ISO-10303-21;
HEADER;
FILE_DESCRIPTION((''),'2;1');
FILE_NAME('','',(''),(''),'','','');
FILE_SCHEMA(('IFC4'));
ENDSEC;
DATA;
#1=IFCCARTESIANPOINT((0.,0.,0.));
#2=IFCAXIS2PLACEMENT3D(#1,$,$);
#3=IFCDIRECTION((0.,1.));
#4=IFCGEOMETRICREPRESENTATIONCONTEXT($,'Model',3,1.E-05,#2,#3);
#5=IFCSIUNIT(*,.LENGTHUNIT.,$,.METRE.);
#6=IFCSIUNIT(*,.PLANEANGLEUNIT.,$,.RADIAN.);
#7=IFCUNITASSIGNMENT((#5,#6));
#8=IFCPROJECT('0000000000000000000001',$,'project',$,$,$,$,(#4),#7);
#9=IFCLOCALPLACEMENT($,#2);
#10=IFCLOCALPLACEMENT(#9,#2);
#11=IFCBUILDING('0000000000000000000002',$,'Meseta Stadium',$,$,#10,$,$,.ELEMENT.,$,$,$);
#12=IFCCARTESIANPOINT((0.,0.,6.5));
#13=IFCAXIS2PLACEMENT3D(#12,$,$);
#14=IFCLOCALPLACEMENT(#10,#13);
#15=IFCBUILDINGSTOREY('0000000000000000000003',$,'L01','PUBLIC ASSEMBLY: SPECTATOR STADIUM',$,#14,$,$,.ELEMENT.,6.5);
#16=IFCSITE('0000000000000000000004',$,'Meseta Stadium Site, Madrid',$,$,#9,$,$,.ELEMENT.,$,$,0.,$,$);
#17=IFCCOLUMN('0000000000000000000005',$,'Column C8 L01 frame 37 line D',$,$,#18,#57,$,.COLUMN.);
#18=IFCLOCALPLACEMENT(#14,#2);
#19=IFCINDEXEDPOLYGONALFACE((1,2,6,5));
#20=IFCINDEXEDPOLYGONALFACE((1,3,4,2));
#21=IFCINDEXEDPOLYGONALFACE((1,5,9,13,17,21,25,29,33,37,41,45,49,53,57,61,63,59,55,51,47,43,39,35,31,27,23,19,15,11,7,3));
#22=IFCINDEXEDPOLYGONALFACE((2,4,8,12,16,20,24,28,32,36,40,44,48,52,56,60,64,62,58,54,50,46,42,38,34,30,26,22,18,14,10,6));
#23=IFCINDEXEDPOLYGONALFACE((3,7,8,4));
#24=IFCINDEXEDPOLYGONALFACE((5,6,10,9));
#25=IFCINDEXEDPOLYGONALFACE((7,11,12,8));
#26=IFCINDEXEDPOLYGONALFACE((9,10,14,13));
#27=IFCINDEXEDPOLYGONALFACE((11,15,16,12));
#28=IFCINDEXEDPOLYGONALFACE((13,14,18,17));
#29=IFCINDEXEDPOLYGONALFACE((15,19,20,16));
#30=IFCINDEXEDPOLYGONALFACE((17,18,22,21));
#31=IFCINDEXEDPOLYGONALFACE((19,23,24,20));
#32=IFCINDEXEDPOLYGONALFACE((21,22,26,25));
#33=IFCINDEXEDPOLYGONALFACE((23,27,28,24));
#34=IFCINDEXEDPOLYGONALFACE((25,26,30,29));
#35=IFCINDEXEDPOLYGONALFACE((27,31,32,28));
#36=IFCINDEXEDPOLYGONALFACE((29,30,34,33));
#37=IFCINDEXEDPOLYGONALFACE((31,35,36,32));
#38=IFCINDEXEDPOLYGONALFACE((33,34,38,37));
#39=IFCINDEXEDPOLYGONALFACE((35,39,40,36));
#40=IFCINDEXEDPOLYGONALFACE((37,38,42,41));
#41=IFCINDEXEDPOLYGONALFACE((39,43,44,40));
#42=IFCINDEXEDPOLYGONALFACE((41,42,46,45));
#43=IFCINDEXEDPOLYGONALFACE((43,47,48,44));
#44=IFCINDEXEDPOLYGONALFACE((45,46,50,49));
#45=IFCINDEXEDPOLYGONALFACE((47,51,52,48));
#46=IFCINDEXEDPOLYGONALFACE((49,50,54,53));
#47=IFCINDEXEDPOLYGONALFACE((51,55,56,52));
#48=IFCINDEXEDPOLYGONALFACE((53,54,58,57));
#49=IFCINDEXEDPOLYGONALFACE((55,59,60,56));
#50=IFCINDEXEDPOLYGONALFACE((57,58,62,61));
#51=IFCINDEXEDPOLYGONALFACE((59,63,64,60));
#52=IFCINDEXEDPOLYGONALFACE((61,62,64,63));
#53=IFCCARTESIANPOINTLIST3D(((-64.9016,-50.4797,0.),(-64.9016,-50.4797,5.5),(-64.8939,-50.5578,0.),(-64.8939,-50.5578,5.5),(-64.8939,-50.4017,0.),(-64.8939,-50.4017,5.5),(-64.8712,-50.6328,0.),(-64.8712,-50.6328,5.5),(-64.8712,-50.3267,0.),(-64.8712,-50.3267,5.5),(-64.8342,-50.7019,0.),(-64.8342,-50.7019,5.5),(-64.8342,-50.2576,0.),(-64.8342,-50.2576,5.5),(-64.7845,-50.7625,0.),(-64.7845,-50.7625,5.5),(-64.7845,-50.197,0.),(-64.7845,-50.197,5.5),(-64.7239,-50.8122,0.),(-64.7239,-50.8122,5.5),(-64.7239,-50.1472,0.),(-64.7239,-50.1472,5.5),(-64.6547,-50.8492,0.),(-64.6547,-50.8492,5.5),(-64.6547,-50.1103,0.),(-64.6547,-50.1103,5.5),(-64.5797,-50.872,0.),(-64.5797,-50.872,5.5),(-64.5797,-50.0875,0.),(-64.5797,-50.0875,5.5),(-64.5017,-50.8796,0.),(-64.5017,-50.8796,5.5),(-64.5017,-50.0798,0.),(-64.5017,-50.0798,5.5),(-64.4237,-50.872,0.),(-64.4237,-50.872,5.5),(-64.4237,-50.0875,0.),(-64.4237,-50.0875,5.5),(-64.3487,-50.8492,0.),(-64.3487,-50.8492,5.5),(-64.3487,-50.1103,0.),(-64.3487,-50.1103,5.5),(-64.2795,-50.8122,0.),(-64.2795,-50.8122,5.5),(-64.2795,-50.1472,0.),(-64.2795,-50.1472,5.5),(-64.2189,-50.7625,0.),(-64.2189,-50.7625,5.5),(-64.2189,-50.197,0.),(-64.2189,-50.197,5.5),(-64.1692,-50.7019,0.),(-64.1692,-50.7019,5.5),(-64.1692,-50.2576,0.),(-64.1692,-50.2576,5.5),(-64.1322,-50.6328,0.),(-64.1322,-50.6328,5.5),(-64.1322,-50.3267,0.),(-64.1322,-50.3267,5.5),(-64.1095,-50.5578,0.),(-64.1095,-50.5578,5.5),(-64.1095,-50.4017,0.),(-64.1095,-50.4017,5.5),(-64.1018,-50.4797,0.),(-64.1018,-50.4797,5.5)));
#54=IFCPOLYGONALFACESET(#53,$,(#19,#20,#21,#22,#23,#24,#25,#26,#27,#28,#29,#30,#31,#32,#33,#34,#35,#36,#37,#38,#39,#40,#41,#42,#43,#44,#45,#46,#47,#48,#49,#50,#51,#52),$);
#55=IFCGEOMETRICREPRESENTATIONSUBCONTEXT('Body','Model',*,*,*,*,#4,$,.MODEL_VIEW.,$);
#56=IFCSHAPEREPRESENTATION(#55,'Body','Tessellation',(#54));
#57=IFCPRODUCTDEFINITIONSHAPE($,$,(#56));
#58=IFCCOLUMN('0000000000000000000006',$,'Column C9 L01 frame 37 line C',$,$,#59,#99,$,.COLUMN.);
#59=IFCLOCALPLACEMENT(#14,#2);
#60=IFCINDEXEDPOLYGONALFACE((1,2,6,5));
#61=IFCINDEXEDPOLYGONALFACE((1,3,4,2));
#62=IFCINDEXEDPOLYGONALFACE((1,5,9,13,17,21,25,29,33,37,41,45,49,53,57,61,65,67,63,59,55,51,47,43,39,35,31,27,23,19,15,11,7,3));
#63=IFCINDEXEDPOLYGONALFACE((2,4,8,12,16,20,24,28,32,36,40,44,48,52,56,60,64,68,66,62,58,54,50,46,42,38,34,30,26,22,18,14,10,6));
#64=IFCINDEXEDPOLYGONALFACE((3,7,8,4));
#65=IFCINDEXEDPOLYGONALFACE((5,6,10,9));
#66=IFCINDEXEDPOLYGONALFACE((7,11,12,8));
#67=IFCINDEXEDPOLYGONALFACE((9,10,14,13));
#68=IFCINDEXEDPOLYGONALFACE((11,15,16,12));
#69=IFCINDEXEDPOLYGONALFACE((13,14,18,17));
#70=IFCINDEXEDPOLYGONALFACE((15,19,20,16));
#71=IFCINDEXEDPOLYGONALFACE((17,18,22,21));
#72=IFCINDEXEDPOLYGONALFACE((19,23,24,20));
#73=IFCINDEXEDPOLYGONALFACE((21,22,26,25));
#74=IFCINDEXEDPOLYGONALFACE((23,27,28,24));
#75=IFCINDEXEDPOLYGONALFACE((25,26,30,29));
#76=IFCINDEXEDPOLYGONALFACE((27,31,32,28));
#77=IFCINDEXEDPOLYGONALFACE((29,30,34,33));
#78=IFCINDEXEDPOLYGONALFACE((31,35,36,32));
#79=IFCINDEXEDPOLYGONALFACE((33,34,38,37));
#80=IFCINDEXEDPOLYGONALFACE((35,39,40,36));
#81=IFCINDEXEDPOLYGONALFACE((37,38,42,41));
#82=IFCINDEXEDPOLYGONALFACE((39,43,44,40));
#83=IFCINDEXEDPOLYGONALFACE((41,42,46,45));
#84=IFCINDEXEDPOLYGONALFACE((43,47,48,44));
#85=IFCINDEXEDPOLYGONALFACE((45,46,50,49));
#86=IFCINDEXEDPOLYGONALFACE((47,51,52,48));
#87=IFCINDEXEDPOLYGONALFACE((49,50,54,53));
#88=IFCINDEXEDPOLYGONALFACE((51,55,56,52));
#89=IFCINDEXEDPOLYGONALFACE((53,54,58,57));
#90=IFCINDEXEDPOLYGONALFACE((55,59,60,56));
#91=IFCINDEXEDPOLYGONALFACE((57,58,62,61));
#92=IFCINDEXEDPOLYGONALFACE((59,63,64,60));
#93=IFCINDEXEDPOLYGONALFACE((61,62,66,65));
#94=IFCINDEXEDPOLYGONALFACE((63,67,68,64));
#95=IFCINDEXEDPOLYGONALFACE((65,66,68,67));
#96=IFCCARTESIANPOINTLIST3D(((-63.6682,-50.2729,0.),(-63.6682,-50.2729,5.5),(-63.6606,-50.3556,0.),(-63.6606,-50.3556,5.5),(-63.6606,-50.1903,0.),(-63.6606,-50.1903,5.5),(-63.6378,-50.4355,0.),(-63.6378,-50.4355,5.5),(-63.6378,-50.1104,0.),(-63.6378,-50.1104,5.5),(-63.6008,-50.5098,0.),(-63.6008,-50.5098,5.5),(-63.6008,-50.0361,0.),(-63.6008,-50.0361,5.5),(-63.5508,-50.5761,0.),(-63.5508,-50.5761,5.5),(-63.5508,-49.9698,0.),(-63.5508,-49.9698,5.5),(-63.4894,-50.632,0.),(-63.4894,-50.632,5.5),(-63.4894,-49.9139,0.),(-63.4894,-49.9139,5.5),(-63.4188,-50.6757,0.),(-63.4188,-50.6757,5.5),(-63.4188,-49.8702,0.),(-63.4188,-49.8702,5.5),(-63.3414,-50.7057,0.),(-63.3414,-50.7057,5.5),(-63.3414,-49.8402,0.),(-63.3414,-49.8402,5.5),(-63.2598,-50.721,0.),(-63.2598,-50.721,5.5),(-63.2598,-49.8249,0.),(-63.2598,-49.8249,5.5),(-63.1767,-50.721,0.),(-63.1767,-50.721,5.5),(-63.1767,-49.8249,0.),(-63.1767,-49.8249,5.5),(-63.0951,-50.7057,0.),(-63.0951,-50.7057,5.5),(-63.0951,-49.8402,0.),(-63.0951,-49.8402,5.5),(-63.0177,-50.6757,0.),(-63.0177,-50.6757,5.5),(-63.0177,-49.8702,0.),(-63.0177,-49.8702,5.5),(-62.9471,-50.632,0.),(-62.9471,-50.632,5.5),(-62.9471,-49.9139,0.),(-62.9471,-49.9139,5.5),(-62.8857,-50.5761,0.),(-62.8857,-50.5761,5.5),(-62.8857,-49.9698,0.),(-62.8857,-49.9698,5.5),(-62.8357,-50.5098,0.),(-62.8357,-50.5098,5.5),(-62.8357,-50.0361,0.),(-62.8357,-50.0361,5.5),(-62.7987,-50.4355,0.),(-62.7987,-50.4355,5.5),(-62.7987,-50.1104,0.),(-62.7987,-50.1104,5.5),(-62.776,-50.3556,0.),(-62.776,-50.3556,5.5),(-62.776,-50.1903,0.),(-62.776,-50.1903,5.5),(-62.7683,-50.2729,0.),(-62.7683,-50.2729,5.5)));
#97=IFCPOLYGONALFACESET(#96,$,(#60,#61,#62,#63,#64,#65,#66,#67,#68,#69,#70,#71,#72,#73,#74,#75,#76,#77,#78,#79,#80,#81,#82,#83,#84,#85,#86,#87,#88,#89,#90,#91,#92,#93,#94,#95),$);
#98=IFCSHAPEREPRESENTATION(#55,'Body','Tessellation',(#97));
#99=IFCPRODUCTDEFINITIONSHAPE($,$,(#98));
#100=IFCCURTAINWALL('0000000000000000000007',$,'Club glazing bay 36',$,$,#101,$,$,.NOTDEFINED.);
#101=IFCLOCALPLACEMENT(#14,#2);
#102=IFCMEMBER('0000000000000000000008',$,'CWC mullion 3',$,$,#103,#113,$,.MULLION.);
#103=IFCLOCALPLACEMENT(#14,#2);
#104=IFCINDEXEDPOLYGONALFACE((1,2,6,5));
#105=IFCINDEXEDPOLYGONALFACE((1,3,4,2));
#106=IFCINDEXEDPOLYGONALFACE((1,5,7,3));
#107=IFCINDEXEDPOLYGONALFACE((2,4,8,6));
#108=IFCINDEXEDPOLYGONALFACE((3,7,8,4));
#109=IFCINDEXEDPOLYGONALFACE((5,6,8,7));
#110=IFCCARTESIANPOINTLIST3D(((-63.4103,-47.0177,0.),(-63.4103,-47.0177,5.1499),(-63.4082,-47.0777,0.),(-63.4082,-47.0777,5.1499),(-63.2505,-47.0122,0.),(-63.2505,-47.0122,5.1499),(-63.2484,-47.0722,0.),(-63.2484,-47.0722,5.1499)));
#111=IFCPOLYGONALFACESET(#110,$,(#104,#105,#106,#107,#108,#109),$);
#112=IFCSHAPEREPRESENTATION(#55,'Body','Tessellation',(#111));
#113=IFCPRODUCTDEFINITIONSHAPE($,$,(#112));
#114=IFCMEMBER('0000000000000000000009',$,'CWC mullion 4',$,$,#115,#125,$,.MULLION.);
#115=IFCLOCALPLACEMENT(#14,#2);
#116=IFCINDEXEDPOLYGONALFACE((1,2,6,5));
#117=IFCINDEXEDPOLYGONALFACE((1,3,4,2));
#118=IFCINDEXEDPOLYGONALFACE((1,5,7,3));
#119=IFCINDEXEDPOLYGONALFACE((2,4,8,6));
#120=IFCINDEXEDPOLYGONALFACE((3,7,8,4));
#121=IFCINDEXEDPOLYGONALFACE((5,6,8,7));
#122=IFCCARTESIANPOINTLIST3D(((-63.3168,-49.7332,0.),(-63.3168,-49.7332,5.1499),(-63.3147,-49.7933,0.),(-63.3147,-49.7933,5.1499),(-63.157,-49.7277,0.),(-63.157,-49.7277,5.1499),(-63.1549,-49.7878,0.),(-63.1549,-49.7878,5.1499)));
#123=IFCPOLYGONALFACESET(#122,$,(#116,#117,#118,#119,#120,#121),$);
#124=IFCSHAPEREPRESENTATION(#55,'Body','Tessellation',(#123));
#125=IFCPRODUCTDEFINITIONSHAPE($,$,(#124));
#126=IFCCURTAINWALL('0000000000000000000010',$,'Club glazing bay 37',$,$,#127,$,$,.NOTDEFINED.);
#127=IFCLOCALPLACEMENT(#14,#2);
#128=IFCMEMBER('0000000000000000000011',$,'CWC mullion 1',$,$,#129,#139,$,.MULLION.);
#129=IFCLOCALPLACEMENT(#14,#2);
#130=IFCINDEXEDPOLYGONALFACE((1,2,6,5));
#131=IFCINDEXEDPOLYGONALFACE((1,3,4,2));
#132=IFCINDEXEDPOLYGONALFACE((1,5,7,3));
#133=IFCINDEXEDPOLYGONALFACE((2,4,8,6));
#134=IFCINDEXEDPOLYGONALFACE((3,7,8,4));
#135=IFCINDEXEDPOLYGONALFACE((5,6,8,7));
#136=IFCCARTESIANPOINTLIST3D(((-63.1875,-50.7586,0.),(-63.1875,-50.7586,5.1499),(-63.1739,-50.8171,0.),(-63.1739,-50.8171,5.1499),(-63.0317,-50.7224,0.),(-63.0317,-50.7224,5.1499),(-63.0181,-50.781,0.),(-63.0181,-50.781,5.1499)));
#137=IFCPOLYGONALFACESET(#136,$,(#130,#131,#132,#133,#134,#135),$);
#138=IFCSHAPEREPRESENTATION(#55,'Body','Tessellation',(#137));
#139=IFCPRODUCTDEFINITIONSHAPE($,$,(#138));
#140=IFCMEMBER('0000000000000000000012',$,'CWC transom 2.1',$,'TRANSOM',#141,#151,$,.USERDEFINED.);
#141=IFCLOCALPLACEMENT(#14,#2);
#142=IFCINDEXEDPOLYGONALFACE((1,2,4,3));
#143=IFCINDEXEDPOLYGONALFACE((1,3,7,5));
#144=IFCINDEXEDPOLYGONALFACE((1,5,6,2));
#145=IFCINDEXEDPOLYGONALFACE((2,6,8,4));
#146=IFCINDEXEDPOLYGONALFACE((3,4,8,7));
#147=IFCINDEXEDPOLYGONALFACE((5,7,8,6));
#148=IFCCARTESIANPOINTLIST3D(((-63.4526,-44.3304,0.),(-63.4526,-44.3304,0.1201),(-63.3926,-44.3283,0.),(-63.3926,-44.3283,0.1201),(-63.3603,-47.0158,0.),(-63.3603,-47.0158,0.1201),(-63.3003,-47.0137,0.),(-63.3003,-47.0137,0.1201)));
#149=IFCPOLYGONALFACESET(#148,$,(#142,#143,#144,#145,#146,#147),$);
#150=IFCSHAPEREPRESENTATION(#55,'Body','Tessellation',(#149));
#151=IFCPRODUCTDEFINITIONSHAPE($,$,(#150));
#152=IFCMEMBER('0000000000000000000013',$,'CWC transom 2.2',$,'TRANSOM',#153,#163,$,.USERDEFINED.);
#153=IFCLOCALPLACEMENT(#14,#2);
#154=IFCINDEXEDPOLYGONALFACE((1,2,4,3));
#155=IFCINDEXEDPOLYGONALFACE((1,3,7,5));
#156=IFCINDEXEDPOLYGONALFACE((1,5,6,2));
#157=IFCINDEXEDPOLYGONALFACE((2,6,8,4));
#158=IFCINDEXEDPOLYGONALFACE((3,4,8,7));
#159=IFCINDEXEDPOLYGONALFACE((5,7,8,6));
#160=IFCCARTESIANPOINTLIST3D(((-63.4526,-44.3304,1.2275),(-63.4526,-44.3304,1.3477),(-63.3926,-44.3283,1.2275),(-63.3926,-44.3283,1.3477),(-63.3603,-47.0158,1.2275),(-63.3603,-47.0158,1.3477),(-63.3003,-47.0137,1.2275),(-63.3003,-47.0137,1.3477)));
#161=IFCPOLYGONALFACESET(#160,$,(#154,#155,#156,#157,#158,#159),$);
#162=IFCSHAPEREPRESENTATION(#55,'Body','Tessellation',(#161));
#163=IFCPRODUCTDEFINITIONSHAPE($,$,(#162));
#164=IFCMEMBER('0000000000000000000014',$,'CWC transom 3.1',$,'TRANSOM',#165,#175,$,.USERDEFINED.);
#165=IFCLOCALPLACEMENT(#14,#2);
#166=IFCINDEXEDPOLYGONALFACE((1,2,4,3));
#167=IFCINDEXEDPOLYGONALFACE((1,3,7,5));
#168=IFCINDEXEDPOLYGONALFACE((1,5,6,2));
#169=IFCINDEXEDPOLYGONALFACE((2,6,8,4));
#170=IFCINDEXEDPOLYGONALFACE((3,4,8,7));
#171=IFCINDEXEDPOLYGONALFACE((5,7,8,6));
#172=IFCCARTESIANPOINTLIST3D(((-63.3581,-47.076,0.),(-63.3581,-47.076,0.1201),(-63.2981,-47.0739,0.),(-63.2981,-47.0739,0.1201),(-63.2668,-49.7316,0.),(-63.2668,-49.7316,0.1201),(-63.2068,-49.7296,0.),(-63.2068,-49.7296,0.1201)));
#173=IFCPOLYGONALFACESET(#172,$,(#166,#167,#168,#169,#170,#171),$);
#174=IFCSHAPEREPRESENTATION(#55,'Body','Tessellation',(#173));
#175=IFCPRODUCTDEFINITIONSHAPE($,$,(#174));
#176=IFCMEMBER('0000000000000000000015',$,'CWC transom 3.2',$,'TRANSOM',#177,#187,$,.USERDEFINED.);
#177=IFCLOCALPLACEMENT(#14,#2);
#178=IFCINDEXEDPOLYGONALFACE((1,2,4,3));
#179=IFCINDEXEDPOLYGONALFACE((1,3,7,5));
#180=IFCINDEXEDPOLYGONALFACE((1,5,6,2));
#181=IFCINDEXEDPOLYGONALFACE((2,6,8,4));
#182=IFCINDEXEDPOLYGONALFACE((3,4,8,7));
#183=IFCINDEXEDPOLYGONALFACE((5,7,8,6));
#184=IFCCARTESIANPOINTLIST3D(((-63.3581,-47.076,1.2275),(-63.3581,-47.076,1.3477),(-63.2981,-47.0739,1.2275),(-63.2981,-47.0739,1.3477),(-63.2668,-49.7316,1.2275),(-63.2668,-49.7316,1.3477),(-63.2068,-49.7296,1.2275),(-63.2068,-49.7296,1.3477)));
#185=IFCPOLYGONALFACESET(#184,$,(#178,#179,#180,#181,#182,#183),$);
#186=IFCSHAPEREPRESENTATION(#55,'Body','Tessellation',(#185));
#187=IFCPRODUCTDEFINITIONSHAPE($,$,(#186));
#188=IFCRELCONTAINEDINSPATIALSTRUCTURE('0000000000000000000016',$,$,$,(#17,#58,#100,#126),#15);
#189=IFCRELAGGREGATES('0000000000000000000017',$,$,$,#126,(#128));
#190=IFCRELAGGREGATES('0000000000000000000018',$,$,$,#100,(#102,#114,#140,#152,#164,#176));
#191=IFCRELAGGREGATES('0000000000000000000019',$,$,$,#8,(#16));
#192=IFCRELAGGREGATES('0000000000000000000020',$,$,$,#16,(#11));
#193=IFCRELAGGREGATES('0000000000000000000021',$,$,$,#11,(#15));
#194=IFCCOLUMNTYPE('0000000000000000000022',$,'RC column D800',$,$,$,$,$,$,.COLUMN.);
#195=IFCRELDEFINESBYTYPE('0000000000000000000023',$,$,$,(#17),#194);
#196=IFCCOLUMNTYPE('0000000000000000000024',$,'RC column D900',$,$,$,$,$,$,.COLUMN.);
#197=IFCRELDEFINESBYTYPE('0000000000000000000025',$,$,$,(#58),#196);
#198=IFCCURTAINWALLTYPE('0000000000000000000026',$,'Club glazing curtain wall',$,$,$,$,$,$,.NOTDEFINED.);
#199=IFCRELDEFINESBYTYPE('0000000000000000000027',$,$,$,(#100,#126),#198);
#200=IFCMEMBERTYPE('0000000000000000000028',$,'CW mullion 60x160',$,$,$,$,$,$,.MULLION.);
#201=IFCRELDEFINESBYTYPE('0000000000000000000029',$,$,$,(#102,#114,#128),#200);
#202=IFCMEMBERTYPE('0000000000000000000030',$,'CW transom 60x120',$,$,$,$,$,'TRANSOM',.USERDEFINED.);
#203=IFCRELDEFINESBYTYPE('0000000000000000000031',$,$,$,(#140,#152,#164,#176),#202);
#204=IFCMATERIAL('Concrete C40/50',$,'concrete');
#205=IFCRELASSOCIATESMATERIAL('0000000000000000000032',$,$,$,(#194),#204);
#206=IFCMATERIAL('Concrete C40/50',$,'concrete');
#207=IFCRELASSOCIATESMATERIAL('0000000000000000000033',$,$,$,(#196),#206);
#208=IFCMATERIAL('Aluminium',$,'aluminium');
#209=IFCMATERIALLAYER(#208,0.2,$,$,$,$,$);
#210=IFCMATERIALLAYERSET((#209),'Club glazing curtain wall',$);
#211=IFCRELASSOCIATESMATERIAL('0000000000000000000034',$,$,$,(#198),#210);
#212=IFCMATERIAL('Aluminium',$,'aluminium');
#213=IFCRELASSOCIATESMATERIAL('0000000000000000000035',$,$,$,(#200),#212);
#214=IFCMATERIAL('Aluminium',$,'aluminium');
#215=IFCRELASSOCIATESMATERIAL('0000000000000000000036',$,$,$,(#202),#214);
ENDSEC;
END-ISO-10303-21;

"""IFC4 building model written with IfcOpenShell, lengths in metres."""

from ifc_helpers import new_model, si_unit, direction, frame, origin, origin_2d, place, context, subcontext, project, spatial, rectangle, circle, extrude, material, layer, layer_set, material_profile, profile_set, type_object, element, aggregate, save


model = new_model("IFC4")

# Units and contexts
model_context = context("Model", 3, precision=1e-05, world=origin(), true_north=direction((0.0, 1.0)))
body_context = subcontext(model_context, "Body", "Model", "MODEL_VIEW")
ifc_project = project(units=[si_unit("LENGTHUNIT", "METRE"), si_unit("PLANEANGLEUNIT", "RADIAN")], contexts=[model_context])

# Site, building, storey
site_placement = place(None, origin())
site = spatial("IfcSite", under=ifc_project, at=site_placement, Name="Meseta Stadium Site, Madrid", CompositionType="ELEMENT", RefElevation=0.0)
building_placement = place(site_placement, origin())
building = spatial("IfcBuilding", under=site, at=building_placement, Name="Meseta Stadium", CompositionType="ELEMENT")
storey_placement = place(building_placement, frame((0.0, 0.0, 6.5)))
storey = spatial("IfcBuildingStorey", under=building, at=storey_placement, Name="L01", Description="PUBLIC ASSEMBLY: SPECTATOR STADIUM", CompositionType="ELEMENT", Elevation=6.5)

# Columns
ifc_material_1 = material(Name="Concrete C40/50", Category="concrete")
ifc_material_profile_1 = material_profile(ifc_material_1, circle(Radius=0.3999, at=origin_2d()), Name="RC D800")
ifc_profile_set_1 = profile_set([ifc_material_profile_1], Name="Concrete C40/50")
column_type_1 = type_object("IfcColumnType", Name="RC column D800", PredefinedType="COLUMN", material=ifc_profile_set_1)
column_1_placement = place(storey_placement, frame((-64.5017, -50.4797, 0.0), z_axis=(0.0, 0.0, 1.0), x_axis=(1.0, 0.0, 0.0)))
element("IfcColumn", 1, at=column_1_placement, inside=storey, type_object=column_type_1, Name="Column C8 L01 frame 37 line D", PredefinedType="COLUMN", context=body_context, shape_type="SweptSolid", body=[
    extrude(circle(Radius=0.3999, at=origin_2d()), origin(), (0.0, 0.0, 1.0), 5.5),
])
ifc_material_2 = material(Name="Concrete C40/50", Category="concrete")
ifc_material_profile_2 = material_profile(ifc_material_2, circle(Radius=0.45, at=origin_2d()), Name="RC D900")
ifc_profile_set_2 = profile_set([ifc_material_profile_2], Name="Concrete C40/50")
column_type_2 = type_object("IfcColumnType", Name="RC column D900", PredefinedType="COLUMN", material=ifc_profile_set_2)
column_2_placement = place(storey_placement, frame((-63.2183, -50.2729, 0.0), z_axis=(0.0, 0.0, 1.0), x_axis=(1.0, 0.0, 0.0)))
element("IfcColumn", 2, at=column_2_placement, inside=storey, type_object=column_type_2, Name="Column C9 L01 frame 37 line C", PredefinedType="COLUMN", context=body_context, shape_type="SweptSolid", body=[
    extrude(circle(Radius=0.45, at=origin_2d()), origin(), (0.0, 0.0, 1.0), 5.5),
])

# Curtain wall, members
ifc_material_3 = material(Name="Aluminium", Category="aluminium")
ifc_layer_1 = layer(ifc_material_3, 0.2)
ifc_layer_set_1 = layer_set([ifc_layer_1], Name="Club glazing curtain wall")
curtain_wall_type = type_object("IfcCurtainWallType", Name="Club glazing curtain wall", PredefinedType="NOTDEFINED", material=ifc_layer_set_1)
curtain_wall_1_placement = place(storey_placement, origin())
curtain_wall_1 = element("IfcCurtainWall", 3, at=curtain_wall_1_placement, inside=storey, type_object=curtain_wall_type, Name="Club glazing bay 36", PredefinedType="NOTDEFINED")
ifc_material_4 = material(Name="Aluminium", Category="aluminium")
ifc_material_profile_3 = material_profile(ifc_material_4, rectangle(XDim=0.1599, YDim=0.0601, at=origin_2d()), Name="CW 160x60")
ifc_profile_set_3 = profile_set([ifc_material_profile_3], Name="Aluminium")
member_type_1 = type_object("IfcMemberType", Name="CW mullion 60x160", PredefinedType="MULLION", material=ifc_profile_set_3)
member_1_placement = place(storey_placement, frame((-63.3293, -47.0449, 0.0), z_axis=(0.0, 0.0, 1.0), x_axis=(0.999408, 0.034398, 0.0)))
member_1 = element("IfcMember", 4, at=member_1_placement, type_object=member_type_1, Name="CWC mullion 3", PredefinedType="MULLION", context=body_context, shape_type="SweptSolid", body=[
    extrude(rectangle(XDim=0.1599, YDim=0.0601, at=origin_2d()), origin(), (0.0, 0.0, 1.0), 5.1499),
])
member_2_placement = place(storey_placement, frame((-63.2358, -49.7605, 0.0), z_axis=(0.0, 0.0, 1.0), x_axis=(0.999408, 0.034398, 0.0)))
member_2 = element("IfcMember", 5, at=member_2_placement, type_object=member_type_1, Name="CWC mullion 4", PredefinedType="MULLION", context=body_context, shape_type="SweptSolid", body=[
    extrude(rectangle(XDim=0.1599, YDim=0.0601, at=origin_2d()), origin(), (0.0, 0.0, 1.0), 5.1499),
])

# Curtain wall, member
curtain_wall_2_placement = place(storey_placement, origin())
curtain_wall_2 = element("IfcCurtainWall", 6, at=curtain_wall_2_placement, inside=storey, type_object=curtain_wall_type, Name="Club glazing bay 37", PredefinedType="NOTDEFINED")
member_3_placement = place(storey_placement, frame((-63.1028, -50.7698, 0.0), z_axis=(0.0, 0.0, 1.0), x_axis=(0.974116, 0.226048, 0.0)))
member_3 = element("IfcMember", 7, at=member_3_placement, type_object=member_type_1, Name="CWC mullion 1", PredefinedType="MULLION", context=body_context, shape_type="SweptSolid", body=[
    extrude(rectangle(XDim=0.1599, YDim=0.0601, at=origin_2d()), origin(), (0.0, 0.0, 1.0), 5.1499),
])

# Members
ifc_material_5 = material(Name="Aluminium", Category="aluminium")
ifc_material_profile_4 = material_profile(ifc_material_5, rectangle(XDim=0.0601, YDim=0.1201, at=origin_2d()), Name="CW 60x120")
ifc_profile_set_4 = profile_set([ifc_material_profile_4], Name="Aluminium")
member_type_2 = type_object("IfcMemberType", Name="CW transom 60x120", ElementType="TRANSOM", PredefinedType="USERDEFINED", material=ifc_profile_set_4)
member_4_placement = place(storey_placement, frame((-63.4226, -44.3293, 0.0601), z_axis=(0.034343, -0.99941, 0.0), x_axis=(0.99941, 0.034343, 0.0)))
member_4 = element("IfcMember", 8, at=member_4_placement, type_object=member_type_2, Name="CWC transom 2.1", ObjectType="TRANSOM", PredefinedType="USERDEFINED", context=body_context, shape_type="SweptSolid", body=[
    extrude(rectangle(XDim=0.0601, YDim=0.1201, at=origin_2d()), origin(), (0.0, 0.0, 1.0), 2.687),
])
member_5_placement = place(storey_placement, frame((-63.4226, -44.3293, 1.2876), z_axis=(0.034343, -0.99941, 0.0), x_axis=(0.99941, 0.034343, 0.0)))
member_5 = element("IfcMember", 9, at=member_5_placement, type_object=member_type_2, Name="CWC transom 2.2", ObjectType="TRANSOM", PredefinedType="USERDEFINED", context=body_context, shape_type="SweptSolid", body=[
    extrude(rectangle(XDim=0.0601, YDim=0.1201, at=origin_2d()), origin(), (0.0, 0.0, 1.0), 2.687),
])
member_6_placement = place(storey_placement, frame((-63.3281, -47.075, 0.0601), z_axis=(0.034361, -0.999409, 0.0), x_axis=(0.999409, 0.034361, 0.0)))
member_6 = element("IfcMember", 10, at=member_6_placement, type_object=member_type_2, Name="CWC transom 3.1", ObjectType="TRANSOM", PredefinedType="USERDEFINED", context=body_context, shape_type="SweptSolid", body=[
    extrude(rectangle(XDim=0.0601, YDim=0.1201, at=origin_2d()), origin(), (0.0, 0.0, 1.0), 2.6572),
])
member_7_placement = place(storey_placement, frame((-63.3281, -47.075, 1.2876), z_axis=(0.034361, -0.999409, 0.0), x_axis=(0.999409, 0.034361, 0.0)))
member_7 = element("IfcMember", 11, at=member_7_placement, type_object=member_type_2, Name="CWC transom 3.2", ObjectType="TRANSOM", PredefinedType="USERDEFINED", context=body_context, shape_type="SweptSolid", body=[
    extrude(rectangle(XDim=0.0601, YDim=0.1201, at=origin_2d()), origin(), (0.0, 0.0, 1.0), 2.6572),
])
aggregate(curtain_wall_2, [member_3])

aggregate(curtain_wall_1, [member_1, member_2, member_4, member_5, member_6, member_7])

save(model, "model.ifc")
